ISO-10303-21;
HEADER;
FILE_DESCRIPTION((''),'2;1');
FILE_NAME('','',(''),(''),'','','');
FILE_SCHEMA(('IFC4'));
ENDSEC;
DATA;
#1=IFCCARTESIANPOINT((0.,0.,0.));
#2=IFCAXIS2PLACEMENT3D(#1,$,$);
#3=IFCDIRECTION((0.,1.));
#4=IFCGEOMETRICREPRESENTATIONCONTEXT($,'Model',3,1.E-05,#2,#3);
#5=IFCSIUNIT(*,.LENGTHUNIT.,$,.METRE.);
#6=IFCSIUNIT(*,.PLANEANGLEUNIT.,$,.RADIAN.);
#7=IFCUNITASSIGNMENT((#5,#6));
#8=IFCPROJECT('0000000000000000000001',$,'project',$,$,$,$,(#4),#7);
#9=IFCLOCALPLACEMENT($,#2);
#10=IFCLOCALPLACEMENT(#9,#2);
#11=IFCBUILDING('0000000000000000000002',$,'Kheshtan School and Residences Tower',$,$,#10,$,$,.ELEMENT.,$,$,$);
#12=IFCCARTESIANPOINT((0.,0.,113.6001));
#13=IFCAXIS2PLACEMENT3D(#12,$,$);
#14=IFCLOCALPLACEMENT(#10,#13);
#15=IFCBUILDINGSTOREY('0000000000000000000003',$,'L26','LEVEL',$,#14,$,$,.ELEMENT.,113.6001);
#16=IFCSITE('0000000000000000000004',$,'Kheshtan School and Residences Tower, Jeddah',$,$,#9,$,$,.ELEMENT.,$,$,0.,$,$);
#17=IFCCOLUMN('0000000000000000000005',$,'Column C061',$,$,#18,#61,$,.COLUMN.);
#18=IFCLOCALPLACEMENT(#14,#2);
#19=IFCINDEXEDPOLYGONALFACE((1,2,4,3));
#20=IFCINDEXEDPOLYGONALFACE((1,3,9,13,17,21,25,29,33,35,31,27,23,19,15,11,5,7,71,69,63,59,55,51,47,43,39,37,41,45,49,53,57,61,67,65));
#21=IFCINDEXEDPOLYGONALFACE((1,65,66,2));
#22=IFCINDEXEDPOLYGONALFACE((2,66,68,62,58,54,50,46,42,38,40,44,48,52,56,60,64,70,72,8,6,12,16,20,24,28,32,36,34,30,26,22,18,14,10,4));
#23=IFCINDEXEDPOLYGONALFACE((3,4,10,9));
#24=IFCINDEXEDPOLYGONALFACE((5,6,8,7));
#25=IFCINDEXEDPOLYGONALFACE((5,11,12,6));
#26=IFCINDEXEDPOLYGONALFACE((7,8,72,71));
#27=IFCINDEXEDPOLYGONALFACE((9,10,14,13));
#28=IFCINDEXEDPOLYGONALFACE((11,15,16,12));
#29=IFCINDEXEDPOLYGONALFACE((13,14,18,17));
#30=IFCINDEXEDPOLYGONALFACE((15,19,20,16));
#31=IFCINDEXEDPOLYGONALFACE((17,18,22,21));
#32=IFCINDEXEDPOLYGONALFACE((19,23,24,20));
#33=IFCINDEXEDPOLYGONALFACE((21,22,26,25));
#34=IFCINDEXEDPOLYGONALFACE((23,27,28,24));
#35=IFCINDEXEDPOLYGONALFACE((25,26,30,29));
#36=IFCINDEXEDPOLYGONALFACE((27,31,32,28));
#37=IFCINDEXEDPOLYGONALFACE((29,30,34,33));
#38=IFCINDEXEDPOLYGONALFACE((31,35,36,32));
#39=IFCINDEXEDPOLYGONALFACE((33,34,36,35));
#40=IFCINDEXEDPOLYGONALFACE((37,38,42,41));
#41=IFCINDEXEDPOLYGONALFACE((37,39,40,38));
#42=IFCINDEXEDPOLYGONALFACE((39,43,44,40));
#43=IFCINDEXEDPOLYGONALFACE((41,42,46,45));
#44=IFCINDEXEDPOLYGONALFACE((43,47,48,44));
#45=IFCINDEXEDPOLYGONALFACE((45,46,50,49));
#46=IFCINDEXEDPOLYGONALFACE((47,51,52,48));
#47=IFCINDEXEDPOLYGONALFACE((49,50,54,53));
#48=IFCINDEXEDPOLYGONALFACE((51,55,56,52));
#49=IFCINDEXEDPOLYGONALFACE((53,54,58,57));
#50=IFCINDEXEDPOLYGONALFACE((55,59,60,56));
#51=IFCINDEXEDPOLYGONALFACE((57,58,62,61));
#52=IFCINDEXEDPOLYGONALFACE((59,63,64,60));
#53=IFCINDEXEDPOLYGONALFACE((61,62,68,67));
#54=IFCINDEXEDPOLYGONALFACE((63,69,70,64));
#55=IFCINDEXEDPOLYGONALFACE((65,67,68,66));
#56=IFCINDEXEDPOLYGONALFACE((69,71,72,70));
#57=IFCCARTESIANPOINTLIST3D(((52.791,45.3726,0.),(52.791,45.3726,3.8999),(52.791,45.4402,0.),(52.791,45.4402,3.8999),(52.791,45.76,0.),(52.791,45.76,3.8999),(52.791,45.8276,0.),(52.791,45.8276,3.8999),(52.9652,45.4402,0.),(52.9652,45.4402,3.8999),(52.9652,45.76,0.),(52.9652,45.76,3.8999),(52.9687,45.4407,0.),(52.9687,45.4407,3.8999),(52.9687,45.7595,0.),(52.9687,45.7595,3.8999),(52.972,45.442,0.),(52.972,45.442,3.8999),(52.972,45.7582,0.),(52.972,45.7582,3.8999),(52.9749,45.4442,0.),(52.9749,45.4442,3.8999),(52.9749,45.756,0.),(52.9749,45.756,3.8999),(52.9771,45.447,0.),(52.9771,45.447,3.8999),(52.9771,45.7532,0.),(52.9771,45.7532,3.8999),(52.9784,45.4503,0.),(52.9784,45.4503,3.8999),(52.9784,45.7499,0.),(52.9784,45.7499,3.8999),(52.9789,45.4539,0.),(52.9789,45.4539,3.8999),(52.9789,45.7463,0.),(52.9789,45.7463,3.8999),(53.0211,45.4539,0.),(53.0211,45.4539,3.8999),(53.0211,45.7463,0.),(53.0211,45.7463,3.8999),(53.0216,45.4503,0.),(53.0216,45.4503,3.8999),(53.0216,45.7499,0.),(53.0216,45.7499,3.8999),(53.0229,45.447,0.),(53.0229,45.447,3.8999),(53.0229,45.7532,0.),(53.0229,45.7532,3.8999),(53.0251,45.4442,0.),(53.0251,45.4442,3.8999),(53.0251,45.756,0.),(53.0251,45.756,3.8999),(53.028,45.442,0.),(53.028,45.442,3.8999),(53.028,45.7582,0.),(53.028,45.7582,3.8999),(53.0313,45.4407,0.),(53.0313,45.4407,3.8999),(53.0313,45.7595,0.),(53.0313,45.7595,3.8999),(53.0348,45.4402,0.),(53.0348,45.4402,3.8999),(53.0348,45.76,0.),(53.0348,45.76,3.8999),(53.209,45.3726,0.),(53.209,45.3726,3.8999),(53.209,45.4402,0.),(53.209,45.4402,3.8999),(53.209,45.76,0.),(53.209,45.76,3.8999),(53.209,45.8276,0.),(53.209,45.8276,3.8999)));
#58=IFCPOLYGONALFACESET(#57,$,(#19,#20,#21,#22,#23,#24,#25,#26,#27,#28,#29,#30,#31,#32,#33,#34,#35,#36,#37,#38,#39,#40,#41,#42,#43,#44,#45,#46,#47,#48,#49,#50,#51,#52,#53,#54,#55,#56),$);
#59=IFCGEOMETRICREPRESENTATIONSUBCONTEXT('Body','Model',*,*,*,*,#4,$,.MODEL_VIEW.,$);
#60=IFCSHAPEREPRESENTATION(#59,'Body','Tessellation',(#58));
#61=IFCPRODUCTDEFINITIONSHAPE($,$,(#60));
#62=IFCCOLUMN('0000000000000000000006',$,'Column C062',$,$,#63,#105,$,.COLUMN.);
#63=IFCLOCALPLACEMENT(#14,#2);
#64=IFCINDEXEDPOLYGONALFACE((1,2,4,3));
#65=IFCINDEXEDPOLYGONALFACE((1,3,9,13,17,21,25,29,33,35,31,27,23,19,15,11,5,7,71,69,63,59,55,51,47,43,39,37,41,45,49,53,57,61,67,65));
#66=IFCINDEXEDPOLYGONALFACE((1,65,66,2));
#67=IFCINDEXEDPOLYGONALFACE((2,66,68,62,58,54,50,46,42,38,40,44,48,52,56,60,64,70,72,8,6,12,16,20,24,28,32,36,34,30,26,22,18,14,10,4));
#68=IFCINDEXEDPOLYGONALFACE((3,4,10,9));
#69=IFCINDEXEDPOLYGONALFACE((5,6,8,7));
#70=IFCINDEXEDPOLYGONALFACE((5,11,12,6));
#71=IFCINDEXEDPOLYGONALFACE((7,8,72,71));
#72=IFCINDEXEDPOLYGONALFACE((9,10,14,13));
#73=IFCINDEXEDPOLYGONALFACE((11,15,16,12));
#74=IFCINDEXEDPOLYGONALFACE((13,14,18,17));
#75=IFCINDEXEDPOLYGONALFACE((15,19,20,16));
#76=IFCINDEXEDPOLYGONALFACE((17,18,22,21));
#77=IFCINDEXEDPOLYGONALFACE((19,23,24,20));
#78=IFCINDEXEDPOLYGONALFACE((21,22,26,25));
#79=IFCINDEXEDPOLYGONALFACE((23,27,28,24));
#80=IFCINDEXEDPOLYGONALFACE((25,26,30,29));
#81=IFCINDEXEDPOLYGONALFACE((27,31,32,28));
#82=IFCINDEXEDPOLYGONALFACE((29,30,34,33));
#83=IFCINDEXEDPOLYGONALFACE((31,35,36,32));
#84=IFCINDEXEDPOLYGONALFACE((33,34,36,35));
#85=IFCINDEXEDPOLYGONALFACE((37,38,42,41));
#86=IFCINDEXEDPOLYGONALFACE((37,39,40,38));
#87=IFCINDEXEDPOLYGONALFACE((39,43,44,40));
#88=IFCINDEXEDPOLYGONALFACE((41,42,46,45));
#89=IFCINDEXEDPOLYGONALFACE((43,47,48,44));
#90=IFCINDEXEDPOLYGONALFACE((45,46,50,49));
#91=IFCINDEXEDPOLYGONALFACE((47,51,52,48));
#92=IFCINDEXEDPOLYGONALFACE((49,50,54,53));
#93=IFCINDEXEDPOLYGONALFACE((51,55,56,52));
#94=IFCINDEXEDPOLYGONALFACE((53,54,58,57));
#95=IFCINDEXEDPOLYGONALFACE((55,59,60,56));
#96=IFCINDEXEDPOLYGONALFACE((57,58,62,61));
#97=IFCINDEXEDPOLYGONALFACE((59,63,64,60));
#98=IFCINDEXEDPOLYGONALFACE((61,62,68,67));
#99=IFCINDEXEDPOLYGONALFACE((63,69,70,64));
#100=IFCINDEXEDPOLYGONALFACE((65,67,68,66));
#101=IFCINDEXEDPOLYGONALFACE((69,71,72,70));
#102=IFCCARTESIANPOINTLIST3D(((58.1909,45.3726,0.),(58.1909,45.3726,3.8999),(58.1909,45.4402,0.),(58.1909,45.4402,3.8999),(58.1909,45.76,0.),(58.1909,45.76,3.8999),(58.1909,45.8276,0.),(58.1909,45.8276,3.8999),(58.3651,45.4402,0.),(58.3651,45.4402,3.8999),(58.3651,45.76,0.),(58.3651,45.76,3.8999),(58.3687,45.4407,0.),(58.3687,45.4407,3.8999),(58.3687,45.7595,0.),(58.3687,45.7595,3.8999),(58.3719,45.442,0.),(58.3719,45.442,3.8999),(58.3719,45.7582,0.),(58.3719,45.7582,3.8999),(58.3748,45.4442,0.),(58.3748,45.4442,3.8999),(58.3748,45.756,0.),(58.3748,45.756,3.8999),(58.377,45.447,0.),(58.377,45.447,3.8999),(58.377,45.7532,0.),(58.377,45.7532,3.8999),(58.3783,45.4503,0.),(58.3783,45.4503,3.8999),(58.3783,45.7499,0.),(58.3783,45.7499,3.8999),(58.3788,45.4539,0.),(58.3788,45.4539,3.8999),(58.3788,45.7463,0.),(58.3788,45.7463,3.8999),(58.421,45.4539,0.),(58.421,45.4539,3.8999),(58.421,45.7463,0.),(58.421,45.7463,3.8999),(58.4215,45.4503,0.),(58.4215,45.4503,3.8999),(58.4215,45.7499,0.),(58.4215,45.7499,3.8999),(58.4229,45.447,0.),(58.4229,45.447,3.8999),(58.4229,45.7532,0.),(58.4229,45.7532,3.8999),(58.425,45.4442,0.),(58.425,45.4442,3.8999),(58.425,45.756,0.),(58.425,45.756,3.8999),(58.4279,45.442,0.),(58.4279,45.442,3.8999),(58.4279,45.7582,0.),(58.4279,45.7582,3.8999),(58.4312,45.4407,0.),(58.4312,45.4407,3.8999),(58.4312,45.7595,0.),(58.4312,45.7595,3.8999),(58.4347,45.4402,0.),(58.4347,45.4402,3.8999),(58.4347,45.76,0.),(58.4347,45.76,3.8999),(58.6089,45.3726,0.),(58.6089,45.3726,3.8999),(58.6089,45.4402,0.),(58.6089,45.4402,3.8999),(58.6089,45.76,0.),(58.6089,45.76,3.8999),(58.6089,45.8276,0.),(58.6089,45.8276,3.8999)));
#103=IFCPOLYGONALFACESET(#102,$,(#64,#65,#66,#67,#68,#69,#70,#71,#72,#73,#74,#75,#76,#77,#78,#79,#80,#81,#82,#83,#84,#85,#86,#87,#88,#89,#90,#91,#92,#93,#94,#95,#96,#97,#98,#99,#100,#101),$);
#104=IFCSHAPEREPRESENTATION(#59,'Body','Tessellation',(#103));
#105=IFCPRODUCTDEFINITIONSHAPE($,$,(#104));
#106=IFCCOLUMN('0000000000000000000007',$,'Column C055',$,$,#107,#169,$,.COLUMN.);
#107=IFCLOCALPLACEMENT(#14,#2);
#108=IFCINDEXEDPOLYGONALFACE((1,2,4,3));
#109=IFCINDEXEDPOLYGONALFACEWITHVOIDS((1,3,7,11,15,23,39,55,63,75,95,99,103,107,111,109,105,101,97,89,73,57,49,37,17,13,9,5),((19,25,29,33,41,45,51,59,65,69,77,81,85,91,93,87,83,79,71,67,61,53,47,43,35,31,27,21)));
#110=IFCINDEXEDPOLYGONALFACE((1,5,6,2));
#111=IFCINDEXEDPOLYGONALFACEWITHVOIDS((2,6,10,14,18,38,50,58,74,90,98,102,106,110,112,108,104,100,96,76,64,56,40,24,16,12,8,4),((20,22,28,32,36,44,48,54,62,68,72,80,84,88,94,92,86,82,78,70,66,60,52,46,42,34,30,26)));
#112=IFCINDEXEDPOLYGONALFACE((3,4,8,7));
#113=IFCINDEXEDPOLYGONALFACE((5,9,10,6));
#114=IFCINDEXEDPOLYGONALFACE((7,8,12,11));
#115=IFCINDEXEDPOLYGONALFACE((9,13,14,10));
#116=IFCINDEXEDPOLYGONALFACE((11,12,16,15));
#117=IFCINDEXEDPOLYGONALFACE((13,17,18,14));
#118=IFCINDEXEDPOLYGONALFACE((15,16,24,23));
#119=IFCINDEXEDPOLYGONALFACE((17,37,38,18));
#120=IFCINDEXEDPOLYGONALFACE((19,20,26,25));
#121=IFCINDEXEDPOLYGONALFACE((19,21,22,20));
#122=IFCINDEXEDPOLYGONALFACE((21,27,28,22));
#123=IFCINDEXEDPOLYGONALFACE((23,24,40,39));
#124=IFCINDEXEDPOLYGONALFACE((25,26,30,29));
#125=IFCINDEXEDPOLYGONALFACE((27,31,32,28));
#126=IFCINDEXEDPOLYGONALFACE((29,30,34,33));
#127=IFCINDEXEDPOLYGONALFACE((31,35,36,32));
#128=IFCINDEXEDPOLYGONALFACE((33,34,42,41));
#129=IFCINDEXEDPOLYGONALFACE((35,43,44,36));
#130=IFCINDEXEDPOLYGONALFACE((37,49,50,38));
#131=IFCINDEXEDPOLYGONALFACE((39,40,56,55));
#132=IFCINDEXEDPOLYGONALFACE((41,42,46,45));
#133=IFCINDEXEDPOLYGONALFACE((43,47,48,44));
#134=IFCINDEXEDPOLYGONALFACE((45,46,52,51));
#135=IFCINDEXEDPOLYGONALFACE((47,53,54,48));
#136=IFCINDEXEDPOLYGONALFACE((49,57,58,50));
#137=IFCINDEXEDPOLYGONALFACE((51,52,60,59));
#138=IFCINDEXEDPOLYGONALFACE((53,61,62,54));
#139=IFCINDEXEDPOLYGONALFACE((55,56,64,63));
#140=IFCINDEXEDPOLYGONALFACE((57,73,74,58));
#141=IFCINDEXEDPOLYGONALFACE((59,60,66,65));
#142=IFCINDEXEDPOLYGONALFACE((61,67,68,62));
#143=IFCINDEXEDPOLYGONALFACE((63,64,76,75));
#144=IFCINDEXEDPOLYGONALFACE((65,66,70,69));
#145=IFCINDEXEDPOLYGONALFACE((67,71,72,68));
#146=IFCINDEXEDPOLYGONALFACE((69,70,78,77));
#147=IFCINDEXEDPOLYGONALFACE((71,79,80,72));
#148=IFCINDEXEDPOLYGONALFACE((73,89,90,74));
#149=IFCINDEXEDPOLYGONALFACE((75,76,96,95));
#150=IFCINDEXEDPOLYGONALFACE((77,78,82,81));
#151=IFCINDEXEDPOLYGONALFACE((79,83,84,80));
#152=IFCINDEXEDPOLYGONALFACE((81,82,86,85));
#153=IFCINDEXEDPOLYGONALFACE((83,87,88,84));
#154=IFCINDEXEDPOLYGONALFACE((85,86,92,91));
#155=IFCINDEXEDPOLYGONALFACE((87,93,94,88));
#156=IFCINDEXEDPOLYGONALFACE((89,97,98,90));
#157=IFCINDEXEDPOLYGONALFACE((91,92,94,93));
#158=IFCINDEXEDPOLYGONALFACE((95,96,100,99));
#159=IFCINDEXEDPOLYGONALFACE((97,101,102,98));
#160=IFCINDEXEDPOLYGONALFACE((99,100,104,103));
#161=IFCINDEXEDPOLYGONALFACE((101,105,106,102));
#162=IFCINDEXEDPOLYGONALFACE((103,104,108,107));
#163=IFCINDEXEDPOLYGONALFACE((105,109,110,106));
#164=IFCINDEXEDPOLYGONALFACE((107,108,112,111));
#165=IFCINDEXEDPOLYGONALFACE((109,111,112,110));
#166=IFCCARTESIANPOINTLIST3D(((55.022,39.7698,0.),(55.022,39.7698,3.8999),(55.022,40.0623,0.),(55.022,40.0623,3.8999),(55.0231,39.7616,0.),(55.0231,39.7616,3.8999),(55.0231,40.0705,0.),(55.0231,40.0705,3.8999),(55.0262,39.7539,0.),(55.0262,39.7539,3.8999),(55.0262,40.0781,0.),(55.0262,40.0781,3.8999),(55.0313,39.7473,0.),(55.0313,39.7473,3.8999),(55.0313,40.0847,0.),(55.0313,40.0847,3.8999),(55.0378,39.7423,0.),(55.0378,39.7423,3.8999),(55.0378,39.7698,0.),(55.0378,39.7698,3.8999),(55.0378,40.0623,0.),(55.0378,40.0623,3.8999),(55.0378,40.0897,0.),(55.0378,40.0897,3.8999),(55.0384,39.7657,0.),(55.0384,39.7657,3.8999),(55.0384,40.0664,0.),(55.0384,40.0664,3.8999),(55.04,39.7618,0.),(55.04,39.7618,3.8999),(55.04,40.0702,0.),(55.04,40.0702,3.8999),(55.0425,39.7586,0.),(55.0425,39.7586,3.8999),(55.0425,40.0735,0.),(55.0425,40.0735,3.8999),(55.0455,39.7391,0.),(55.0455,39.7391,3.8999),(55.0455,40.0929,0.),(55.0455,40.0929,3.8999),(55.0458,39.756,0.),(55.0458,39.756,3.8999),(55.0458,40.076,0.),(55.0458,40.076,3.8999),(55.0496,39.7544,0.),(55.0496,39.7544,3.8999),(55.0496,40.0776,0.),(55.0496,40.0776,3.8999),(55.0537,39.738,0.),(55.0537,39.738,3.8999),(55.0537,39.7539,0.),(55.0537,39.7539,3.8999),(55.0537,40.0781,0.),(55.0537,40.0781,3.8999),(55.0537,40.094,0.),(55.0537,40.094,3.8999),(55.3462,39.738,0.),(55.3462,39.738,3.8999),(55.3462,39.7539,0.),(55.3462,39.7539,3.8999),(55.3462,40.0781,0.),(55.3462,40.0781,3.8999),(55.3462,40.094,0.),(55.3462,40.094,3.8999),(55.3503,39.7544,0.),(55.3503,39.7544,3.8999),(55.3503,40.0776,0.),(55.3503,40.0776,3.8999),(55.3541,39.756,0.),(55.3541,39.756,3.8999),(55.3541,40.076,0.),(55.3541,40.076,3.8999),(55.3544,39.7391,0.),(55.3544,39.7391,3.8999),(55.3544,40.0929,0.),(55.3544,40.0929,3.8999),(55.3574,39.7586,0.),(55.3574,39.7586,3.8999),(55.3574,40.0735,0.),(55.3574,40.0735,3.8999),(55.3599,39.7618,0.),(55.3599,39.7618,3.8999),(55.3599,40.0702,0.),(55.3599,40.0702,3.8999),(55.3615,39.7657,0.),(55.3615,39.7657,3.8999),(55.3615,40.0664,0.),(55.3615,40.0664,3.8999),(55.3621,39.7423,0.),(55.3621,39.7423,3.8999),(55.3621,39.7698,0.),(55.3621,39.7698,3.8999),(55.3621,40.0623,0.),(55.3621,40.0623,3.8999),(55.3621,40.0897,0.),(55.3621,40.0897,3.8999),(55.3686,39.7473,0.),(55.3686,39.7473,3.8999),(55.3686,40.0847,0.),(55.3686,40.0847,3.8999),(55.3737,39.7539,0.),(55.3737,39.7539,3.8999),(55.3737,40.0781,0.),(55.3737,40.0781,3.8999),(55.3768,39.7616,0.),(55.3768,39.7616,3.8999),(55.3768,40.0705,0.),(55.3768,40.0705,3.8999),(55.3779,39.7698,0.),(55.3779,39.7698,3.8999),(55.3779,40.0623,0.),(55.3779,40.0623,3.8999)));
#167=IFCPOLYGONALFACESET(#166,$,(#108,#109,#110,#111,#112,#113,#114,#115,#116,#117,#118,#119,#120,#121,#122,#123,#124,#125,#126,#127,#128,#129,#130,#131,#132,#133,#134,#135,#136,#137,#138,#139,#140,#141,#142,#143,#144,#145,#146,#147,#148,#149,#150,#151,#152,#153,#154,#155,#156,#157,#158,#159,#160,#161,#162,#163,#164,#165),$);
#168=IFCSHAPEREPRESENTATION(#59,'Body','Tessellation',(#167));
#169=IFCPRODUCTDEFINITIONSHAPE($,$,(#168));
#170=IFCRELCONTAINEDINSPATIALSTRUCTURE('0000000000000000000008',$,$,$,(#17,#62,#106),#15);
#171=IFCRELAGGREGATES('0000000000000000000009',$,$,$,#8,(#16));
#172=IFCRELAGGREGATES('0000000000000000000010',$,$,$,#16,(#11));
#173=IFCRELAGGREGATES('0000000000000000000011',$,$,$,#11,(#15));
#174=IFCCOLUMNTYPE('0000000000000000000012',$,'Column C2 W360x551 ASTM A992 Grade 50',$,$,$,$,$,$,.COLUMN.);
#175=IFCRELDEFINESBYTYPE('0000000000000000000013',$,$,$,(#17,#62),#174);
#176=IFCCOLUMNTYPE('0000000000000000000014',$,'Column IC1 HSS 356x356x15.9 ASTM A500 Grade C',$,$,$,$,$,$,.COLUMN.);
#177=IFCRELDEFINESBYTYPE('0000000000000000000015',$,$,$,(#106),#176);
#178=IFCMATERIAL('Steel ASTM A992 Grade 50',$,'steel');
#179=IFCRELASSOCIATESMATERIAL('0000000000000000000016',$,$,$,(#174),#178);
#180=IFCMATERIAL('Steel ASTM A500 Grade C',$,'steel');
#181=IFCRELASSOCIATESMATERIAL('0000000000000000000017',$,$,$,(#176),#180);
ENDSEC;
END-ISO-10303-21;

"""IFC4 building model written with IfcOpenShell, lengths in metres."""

from ifc_helpers import new_model, si_unit, direction, frame, origin, origin_2d, place, context, subcontext, project, spatial, hollow_rectangle, i_section, extrude, material, material_profile, profile_set, type_object, element, save


model = new_model("IFC4")

# Units and contexts
model_context = context("Model", 3, precision=1e-05, world=origin(), true_north=direction((0.0, 1.0)))
body_context = subcontext(model_context, "Body", "Model", "MODEL_VIEW")
ifc_project = project(units=[si_unit("LENGTHUNIT", "METRE"), si_unit("PLANEANGLEUNIT", "RADIAN")], contexts=[model_context])

# Site, building, storey
site_placement = place(None, origin())
site = spatial("IfcSite", under=ifc_project, at=site_placement, Name="Kheshtan School and Residences Tower, Jeddah", CompositionType="ELEMENT", RefElevation=0.0)
building_placement = place(site_placement, origin())
building = spatial("IfcBuilding", under=site, at=building_placement, Name="Kheshtan School and Residences Tower", CompositionType="ELEMENT")
storey_placement = place(building_placement, frame((0.0, 0.0, 113.6001)))
storey = spatial("IfcBuildingStorey", under=building, at=storey_placement, Name="L26", Description="LEVEL", CompositionType="ELEMENT", Elevation=113.6001)

# Columns
ifc_material_1 = material(Name="Steel ASTM A992 Grade 50", Category="steel")
ifc_material_profile_1 = material_profile(ifc_material_1, i_section(OverallWidth=0.418, OverallDepth=0.4551, WebThickness=0.0422, FlangeThickness=0.0676, FilletRadius=0.0137, at=origin_2d()), Name="W360x551")
ifc_profile_set_1 = profile_set([ifc_material_profile_1], Name="Steel ASTM A992 Grade 50")
column_type_1 = type_object("IfcColumnType", Name="Column C2 W360x551 ASTM A992 Grade 50", PredefinedType="COLUMN", material=ifc_profile_set_1)
for number, where, z_axis, x_axis, name in (
    (1, (53.0, 45.6001, 0.0), (0.0, 0.0, 1.0), (1.0, 0.0, 0.0), "Column C061"),
    (2, (58.3999, 45.6001, 0.0), (0.0, 0.0, 1.0), (1.0, 0.0, 0.0), "Column C062"),
):
    element("IfcColumn", number, at=place(storey_placement, frame(where, z_axis=z_axis, x_axis=x_axis)), inside=storey, type_object=column_type_1, Name=name, PredefinedType="COLUMN", context=body_context, shape_type="SweptSolid", body=[
        extrude(i_section(OverallWidth=0.418, OverallDepth=0.4551, WebThickness=0.0422, FlangeThickness=0.0676, FilletRadius=0.0137, at=origin_2d()), origin(), (0.0, 0.0, 1.0), 3.8999),
    ])
ifc_material_2 = material(Name="Steel ASTM A500 Grade C", Category="steel")
ifc_material_profile_2 = material_profile(ifc_material_2, hollow_rectangle(XDim=0.356, YDim=0.356, WallThickness=0.0159, InnerFilletRadius=0.0159, OuterFilletRadius=0.0317, at=origin_2d()), Name="HSS 356x356x15.9")
ifc_profile_set_2 = profile_set([ifc_material_profile_2], Name="Steel ASTM A500 Grade C")
column_type_2 = type_object("IfcColumnType", Name="Column IC1 HSS 356x356x15.9 ASTM A500 Grade C", PredefinedType="COLUMN", material=ifc_profile_set_2)
column_placement = place(storey_placement, frame((55.2, 39.916, 0.0), z_axis=(0.0, 0.0, 1.0), x_axis=(1.0, 0.0, 0.0)))
element("IfcColumn", 3, at=column_placement, inside=storey, type_object=column_type_2, Name="Column C055", PredefinedType="COLUMN", context=body_context, shape_type="SweptSolid", body=[
    extrude(hollow_rectangle(XDim=0.356, YDim=0.356, WallThickness=0.0159, InnerFilletRadius=0.0159, OuterFilletRadius=0.0317, at=origin_2d()), origin(), (0.0, 0.0, 1.0), 3.8999),
])

save(model, "model.ifc")
